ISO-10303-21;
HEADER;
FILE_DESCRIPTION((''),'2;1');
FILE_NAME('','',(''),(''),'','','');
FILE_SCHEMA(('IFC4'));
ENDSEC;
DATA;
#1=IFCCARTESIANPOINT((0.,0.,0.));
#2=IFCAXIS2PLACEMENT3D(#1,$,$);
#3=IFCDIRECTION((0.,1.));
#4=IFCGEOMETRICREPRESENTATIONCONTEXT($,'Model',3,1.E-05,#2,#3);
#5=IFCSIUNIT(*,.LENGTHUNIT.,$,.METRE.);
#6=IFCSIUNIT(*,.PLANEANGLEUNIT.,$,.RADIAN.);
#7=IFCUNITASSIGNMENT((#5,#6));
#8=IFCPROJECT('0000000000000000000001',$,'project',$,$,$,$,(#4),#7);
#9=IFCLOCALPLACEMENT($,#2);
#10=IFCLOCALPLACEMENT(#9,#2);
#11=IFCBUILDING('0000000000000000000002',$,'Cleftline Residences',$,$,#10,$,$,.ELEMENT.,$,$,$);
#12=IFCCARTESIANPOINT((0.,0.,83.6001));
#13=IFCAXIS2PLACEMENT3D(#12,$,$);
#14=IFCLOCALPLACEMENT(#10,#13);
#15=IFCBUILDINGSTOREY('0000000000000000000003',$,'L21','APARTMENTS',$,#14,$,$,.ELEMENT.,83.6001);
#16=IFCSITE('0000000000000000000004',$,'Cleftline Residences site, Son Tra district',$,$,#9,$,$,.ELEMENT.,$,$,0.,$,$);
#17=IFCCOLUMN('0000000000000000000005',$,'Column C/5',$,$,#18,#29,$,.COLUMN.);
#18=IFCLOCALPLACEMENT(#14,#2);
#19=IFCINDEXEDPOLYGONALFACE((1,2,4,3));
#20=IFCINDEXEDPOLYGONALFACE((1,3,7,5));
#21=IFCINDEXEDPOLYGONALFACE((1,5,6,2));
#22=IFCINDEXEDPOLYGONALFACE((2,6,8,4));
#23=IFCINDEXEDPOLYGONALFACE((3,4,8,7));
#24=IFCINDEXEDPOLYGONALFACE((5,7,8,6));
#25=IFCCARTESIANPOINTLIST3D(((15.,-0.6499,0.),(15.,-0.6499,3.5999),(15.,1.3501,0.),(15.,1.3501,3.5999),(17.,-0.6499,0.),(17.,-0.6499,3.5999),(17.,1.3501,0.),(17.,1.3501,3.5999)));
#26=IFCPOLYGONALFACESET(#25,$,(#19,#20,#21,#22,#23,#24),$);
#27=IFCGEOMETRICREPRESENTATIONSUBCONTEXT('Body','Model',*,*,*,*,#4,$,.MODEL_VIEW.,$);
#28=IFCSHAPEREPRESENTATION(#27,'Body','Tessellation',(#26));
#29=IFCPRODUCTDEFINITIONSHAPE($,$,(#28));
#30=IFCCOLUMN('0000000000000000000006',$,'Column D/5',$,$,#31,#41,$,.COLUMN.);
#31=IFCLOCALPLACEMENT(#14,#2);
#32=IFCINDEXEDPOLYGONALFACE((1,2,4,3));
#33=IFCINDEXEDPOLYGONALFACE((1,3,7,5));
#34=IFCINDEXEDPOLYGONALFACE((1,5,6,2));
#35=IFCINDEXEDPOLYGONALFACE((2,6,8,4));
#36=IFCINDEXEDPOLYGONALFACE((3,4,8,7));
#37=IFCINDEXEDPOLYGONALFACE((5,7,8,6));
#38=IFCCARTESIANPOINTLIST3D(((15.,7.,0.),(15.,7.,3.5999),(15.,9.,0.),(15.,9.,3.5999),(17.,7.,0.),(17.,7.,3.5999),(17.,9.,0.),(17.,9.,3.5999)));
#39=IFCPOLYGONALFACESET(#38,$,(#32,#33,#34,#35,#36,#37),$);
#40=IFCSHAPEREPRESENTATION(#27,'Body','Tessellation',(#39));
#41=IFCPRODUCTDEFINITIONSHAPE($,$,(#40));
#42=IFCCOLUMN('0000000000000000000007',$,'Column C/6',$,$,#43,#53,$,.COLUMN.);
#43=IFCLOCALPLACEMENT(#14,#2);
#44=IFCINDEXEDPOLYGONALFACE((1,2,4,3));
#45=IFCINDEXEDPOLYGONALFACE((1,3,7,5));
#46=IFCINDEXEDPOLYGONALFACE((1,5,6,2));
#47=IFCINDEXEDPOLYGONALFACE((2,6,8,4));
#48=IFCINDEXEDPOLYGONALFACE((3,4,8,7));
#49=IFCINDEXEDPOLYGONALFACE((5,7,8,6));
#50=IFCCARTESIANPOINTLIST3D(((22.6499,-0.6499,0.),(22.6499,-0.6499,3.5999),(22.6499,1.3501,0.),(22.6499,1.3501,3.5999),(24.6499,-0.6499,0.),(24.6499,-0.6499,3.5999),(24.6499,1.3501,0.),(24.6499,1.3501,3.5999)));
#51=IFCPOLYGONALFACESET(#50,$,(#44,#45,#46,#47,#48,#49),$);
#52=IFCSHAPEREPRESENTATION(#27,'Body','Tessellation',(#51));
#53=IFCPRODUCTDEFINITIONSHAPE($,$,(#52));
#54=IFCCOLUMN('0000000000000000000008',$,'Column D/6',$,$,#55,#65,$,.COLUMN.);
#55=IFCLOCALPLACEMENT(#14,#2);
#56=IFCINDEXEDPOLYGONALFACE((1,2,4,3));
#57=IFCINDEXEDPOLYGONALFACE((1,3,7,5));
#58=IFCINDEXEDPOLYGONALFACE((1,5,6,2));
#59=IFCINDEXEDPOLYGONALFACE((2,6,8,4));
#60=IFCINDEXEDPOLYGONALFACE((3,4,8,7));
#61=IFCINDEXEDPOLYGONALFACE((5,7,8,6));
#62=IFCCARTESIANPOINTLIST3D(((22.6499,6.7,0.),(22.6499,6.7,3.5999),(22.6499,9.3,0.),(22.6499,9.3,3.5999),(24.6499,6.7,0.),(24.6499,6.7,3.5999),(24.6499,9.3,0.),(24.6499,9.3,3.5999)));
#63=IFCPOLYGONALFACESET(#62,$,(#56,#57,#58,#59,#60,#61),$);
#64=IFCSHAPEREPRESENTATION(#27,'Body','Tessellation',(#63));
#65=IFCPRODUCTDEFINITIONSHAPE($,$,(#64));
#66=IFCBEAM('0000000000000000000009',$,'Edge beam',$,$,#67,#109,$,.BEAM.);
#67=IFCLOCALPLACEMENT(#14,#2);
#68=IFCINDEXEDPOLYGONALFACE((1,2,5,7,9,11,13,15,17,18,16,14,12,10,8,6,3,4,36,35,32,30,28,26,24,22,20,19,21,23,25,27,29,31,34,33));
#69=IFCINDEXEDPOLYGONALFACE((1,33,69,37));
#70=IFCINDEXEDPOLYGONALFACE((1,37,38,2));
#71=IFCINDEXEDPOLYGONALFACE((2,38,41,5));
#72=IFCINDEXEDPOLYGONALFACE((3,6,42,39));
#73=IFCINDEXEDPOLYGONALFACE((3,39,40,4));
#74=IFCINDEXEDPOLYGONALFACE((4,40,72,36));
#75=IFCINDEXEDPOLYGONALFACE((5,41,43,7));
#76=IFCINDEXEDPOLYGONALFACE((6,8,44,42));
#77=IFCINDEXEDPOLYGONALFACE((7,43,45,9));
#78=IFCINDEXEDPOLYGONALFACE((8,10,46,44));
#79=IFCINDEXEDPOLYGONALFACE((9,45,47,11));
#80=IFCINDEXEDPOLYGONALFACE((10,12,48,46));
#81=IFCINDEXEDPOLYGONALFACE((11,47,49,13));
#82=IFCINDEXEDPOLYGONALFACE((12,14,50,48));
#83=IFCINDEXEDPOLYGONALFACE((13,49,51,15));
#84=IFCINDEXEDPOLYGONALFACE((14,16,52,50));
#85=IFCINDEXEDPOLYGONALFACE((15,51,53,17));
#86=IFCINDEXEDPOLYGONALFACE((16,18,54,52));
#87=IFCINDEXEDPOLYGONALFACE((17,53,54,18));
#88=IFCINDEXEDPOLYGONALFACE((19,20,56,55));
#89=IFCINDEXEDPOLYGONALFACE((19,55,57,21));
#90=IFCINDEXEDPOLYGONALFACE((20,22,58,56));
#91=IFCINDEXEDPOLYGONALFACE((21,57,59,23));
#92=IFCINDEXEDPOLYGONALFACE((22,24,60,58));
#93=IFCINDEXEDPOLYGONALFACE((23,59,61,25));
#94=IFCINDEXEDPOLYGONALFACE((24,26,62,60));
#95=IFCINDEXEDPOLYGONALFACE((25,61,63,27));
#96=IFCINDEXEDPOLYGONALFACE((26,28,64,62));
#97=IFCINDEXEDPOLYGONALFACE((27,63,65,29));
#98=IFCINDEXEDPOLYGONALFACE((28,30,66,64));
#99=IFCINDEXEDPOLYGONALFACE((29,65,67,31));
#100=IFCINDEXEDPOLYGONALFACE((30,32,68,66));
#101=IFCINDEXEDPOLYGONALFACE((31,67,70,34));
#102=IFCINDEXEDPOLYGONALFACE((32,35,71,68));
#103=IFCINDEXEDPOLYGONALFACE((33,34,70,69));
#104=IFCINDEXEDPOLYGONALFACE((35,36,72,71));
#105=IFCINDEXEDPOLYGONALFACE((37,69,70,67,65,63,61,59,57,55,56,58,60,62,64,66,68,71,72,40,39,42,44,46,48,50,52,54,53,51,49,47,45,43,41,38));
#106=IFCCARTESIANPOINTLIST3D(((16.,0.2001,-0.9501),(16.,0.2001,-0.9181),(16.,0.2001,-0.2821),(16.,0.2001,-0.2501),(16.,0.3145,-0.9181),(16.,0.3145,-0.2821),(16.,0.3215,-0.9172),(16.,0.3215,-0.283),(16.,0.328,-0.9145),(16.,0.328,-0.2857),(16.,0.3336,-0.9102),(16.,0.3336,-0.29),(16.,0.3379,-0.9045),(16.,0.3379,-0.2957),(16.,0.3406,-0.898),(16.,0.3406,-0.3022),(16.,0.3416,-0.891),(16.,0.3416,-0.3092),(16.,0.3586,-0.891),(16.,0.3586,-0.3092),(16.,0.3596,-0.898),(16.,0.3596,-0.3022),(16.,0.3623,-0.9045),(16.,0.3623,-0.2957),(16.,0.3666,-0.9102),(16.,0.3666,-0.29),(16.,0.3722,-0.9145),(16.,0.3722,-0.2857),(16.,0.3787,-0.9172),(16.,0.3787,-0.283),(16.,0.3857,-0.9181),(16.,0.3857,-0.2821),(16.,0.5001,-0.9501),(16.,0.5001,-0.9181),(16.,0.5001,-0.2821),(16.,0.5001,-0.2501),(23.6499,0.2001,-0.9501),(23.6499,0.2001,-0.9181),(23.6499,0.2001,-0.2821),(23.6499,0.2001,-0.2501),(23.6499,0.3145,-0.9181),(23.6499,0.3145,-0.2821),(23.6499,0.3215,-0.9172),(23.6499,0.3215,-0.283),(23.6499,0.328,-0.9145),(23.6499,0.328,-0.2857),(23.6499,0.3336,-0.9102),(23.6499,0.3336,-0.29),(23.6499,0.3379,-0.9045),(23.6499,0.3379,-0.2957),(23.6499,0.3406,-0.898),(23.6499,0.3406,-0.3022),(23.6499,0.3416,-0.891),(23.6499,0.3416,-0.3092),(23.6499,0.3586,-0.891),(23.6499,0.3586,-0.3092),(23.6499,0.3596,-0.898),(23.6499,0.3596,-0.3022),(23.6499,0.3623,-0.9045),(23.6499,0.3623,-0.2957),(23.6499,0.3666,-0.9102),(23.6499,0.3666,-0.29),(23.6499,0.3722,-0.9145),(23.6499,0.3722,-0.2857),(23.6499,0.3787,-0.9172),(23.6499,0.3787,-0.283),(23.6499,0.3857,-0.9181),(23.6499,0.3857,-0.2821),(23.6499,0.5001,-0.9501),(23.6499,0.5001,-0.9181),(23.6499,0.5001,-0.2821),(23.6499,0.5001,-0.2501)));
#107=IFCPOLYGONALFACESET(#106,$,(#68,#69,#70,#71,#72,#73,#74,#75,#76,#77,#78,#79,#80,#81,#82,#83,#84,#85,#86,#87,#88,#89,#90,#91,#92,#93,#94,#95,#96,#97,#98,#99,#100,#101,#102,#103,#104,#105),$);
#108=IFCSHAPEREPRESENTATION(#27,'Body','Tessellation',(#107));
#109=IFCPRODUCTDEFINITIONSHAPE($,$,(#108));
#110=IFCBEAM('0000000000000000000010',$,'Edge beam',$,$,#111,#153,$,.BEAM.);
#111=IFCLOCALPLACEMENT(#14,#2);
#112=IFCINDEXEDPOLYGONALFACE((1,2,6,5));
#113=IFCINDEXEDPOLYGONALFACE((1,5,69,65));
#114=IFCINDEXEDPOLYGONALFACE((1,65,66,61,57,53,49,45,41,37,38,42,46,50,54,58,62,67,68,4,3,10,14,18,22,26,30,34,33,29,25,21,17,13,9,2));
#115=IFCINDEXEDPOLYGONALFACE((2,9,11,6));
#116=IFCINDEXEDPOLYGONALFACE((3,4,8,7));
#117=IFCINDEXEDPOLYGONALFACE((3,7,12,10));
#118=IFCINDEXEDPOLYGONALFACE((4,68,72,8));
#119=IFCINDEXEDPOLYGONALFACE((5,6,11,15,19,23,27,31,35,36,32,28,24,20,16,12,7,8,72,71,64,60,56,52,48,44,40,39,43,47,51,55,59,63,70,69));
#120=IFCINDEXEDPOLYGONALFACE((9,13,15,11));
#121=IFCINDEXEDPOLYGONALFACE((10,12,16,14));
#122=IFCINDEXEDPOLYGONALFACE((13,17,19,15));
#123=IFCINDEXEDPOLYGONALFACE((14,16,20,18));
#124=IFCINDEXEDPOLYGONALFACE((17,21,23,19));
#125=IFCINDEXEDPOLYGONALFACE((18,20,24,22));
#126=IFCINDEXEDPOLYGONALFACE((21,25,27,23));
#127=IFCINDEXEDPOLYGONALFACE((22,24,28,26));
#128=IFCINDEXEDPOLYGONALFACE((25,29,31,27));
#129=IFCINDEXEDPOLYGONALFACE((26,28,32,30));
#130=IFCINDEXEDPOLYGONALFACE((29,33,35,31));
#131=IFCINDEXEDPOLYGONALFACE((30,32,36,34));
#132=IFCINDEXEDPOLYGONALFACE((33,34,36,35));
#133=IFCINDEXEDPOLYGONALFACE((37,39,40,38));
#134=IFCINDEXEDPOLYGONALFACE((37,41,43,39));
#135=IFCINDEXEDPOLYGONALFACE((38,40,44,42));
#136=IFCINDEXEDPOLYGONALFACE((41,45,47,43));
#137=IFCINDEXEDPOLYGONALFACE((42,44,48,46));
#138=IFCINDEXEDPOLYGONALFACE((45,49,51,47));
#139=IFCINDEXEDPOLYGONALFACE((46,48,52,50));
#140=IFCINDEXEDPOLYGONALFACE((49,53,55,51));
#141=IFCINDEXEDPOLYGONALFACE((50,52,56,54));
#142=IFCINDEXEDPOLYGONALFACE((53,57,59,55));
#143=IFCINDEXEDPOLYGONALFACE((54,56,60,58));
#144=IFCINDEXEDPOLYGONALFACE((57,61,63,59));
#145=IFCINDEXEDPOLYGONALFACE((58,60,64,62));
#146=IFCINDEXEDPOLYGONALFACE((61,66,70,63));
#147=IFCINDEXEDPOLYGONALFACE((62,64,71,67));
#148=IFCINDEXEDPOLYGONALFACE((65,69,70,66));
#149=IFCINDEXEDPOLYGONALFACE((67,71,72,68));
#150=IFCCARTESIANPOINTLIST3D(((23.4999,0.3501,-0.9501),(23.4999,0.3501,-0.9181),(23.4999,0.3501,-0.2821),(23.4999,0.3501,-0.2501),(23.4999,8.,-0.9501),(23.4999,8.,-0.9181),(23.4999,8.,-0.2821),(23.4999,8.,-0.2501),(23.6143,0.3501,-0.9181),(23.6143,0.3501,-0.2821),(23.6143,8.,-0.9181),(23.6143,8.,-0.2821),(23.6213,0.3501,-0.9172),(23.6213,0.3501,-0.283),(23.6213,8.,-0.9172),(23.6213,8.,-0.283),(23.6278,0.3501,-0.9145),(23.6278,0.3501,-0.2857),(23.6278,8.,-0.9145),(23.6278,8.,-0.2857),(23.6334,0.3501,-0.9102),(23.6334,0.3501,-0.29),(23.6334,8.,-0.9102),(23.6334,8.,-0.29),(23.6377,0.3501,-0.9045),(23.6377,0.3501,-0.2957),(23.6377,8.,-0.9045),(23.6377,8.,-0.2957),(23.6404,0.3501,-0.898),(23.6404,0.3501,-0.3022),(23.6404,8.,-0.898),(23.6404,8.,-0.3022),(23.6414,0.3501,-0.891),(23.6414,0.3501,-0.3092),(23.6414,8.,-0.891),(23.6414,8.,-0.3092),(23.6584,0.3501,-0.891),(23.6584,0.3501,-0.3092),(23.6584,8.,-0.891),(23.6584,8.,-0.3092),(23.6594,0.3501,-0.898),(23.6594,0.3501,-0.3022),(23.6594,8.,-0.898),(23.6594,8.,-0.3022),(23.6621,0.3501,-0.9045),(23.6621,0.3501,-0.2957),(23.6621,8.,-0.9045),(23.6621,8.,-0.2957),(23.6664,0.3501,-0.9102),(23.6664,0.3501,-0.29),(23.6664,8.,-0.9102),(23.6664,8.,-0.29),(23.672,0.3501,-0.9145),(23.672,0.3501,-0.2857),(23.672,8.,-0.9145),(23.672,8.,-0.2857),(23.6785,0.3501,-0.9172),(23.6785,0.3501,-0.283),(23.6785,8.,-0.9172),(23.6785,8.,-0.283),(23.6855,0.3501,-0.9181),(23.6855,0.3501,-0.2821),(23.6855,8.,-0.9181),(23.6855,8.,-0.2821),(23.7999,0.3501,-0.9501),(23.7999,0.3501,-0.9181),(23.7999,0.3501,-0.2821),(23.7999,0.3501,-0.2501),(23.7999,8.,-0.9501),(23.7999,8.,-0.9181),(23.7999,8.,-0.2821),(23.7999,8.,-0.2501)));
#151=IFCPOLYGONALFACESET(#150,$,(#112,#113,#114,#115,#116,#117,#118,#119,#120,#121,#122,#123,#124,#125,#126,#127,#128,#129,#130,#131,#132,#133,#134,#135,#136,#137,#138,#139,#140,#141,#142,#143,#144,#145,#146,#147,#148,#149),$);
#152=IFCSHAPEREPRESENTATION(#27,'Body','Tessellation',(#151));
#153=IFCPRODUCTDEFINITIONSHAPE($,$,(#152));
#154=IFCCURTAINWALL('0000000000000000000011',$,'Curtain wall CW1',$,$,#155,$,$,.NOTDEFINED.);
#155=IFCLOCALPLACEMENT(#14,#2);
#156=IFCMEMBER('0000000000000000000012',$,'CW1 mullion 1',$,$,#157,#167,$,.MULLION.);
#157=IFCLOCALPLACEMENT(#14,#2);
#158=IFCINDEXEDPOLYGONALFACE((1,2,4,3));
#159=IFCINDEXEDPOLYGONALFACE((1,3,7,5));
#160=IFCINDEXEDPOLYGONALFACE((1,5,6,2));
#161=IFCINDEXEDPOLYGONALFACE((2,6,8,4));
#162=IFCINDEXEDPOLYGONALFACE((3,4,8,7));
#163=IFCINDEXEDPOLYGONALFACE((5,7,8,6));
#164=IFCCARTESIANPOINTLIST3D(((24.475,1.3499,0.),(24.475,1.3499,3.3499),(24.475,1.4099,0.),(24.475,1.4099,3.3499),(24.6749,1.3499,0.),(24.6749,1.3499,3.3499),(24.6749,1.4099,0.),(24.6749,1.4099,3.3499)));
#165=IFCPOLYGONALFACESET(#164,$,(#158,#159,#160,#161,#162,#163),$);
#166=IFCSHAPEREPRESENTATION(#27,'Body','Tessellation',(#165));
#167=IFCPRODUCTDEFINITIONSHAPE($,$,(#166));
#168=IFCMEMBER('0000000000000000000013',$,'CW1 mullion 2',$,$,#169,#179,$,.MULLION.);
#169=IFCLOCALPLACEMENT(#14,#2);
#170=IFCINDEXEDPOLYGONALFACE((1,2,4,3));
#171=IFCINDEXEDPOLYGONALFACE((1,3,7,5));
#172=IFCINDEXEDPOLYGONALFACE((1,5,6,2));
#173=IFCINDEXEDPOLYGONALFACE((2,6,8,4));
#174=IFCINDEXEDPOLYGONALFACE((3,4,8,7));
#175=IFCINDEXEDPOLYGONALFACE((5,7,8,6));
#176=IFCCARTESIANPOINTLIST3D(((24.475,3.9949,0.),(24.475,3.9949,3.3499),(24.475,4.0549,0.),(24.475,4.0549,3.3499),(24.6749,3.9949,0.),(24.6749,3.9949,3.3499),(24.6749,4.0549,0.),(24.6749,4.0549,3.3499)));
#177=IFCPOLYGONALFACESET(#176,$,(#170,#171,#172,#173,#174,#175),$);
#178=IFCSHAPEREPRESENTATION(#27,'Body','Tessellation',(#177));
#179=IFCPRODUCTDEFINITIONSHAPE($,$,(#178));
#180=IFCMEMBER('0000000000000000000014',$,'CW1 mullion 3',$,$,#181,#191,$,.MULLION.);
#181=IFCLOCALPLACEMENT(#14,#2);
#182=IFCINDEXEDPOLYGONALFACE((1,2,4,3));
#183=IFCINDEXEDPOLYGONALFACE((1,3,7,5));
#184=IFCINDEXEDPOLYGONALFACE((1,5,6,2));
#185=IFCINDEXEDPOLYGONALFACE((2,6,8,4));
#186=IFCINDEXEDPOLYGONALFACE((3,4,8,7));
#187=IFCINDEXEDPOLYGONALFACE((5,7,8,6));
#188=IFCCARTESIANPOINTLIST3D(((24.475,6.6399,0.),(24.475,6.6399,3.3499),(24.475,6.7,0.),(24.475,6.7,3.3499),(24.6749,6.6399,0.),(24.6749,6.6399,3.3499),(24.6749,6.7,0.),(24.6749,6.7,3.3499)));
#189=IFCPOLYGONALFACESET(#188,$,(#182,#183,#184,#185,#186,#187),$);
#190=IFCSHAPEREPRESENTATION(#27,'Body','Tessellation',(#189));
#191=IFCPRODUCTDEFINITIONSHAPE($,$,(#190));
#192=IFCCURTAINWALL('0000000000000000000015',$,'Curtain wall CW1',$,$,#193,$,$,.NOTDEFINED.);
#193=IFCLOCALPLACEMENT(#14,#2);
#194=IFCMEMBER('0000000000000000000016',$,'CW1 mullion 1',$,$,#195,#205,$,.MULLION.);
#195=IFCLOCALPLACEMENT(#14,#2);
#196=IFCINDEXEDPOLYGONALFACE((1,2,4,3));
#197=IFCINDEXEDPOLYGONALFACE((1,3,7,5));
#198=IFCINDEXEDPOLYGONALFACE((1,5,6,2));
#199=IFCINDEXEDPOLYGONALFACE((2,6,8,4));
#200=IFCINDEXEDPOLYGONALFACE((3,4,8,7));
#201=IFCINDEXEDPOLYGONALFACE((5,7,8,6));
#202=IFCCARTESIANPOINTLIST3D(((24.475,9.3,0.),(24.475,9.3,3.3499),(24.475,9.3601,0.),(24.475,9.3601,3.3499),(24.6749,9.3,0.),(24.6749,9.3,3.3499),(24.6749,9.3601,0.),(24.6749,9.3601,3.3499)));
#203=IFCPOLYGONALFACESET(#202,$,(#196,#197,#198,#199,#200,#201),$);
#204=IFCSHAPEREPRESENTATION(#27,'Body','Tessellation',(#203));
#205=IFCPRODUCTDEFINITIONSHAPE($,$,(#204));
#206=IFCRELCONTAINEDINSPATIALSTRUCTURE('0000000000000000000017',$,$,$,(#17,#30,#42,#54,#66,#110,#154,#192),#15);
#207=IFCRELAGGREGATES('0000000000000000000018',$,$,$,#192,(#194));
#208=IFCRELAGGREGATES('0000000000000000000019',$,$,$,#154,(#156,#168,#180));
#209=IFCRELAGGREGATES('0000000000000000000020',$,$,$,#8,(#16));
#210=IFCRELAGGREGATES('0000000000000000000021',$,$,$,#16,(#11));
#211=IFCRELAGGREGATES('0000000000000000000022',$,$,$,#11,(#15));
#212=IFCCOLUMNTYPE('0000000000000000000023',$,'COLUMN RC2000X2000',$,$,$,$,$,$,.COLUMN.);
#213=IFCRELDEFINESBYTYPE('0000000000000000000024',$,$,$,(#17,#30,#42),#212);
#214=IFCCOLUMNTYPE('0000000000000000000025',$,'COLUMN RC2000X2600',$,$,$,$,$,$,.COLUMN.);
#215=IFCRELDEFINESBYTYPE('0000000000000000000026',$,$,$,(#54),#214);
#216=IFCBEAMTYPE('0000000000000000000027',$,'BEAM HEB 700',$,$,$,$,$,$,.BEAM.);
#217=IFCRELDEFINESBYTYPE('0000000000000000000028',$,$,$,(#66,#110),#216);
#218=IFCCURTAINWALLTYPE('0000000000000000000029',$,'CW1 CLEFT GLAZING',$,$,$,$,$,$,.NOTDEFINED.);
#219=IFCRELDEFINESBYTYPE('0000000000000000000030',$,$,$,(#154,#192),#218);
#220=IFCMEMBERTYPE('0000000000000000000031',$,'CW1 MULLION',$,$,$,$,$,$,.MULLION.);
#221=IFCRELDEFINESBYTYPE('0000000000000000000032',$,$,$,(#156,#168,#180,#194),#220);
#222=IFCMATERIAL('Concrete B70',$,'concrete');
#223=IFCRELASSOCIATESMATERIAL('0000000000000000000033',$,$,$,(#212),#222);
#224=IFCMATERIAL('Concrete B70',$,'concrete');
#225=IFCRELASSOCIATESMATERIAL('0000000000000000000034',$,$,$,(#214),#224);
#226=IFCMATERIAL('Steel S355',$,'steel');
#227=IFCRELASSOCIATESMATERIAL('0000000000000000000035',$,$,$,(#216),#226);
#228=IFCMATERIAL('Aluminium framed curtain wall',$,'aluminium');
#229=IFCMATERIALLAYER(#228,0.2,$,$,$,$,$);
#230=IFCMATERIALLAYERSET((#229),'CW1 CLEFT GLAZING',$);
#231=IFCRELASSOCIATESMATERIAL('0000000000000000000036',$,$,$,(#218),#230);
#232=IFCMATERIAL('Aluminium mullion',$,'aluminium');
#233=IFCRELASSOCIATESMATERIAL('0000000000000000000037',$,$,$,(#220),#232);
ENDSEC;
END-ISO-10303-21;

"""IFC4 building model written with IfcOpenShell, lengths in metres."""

from ifc_helpers import new_model, si_unit, direction, frame, origin, origin_2d, place, context, subcontext, project, spatial, rectangle, i_section, extrude, material, layer, layer_set, material_profile, profile_set, type_object, element, aggregate, save


model = new_model("IFC4")

# Units and contexts
model_context = context("Model", 3, precision=1e-05, world=origin(), true_north=direction((0.0, 1.0)))
body_context = subcontext(model_context, "Body", "Model", "MODEL_VIEW")
ifc_project = project(units=[si_unit("LENGTHUNIT", "METRE"), si_unit("PLANEANGLEUNIT", "RADIAN")], contexts=[model_context])

# Site, building, storey
site_placement = place(None, origin())
site = spatial("IfcSite", under=ifc_project, at=site_placement, Name="Cleftline Residences site, Son Tra district", CompositionType="ELEMENT", RefElevation=0.0)
building_placement = place(site_placement, origin())
building = spatial("IfcBuilding", under=site, at=building_placement, Name="Cleftline Residences", CompositionType="ELEMENT")
storey_placement = place(building_placement, frame((0.0, 0.0, 83.6001)))
storey = spatial("IfcBuildingStorey", under=building, at=storey_placement, Name="L21", Description="APARTMENTS", CompositionType="ELEMENT", Elevation=83.6001)

# Columns
ifc_material_1 = material(Name="Concrete B70", Category="concrete")
ifc_material_profile_1 = material_profile(ifc_material_1, rectangle(XDim=2.0, YDim=2.0, at=origin_2d()))
ifc_profile_set_1 = profile_set([ifc_material_profile_1], Name="Concrete B70")
column_type_1 = type_object("IfcColumnType", Name="COLUMN RC2000X2000", PredefinedType="COLUMN", material=ifc_profile_set_1)
for number, where, z_axis, x_axis, name in (
    (1, (16.0, 0.3501, 0.0), (0.0, 0.0, 1.0), (1.0, 0.0, 0.0), "Column C/5"),
    (2, (16.0, 8.0, 0.0), (0.0, 0.0, 1.0), (1.0, 0.0, 0.0), "Column D/5"),
    (3, (23.6499, 0.3501, 0.0), (0.0, 0.0, 1.0), (1.0, 0.0, 0.0), "Column C/6"),
):
    element("IfcColumn", number, at=place(storey_placement, frame(where, z_axis=z_axis, x_axis=x_axis)), inside=storey, type_object=column_type_1, Name=name, PredefinedType="COLUMN", context=body_context, shape_type="SweptSolid", body=[
        extrude(rectangle(XDim=2.0, YDim=2.0, at=origin_2d()), origin(), (0.0, 0.0, 1.0), 3.5999),
    ])
ifc_material_2 = material(Name="Concrete B70", Category="concrete")
ifc_material_profile_2 = material_profile(ifc_material_2, rectangle(XDim=2.0, YDim=2.6001, at=origin_2d()))
ifc_profile_set_2 = profile_set([ifc_material_profile_2], Name="Concrete B70")
column_type_2 = type_object("IfcColumnType", Name="COLUMN RC2000X2600", PredefinedType="COLUMN", material=ifc_profile_set_2)
column_placement = place(storey_placement, frame((23.6499, 8.0, 0.0), z_axis=(0.0, 0.0, 1.0), x_axis=(1.0, 0.0, 0.0)))
element("IfcColumn", 4, at=column_placement, inside=storey, type_object=column_type_2, Name="Column D/6", PredefinedType="COLUMN", context=body_context, shape_type="SweptSolid", body=[
    extrude(rectangle(XDim=2.0, YDim=2.6001, at=origin_2d()), origin(), (0.0, 0.0, 1.0), 3.5999),
])

# Beams
ifc_material_3 = material(Name="Steel S355", Category="steel")
ifc_material_profile_3 = material_profile(ifc_material_3, i_section(OverallWidth=0.3, OverallDepth=0.7, WebThickness=0.0171, FlangeThickness=0.032, FilletRadius=0.0271, at=origin_2d()))
ifc_profile_set_3 = profile_set([ifc_material_profile_3], Name="Steel S355")
beam_type = type_object("IfcBeamType", Name="BEAM HEB 700", PredefinedType="BEAM", material=ifc_profile_set_3)
for number, where, z_axis, x_axis, name in (
    (5, (16.0, 0.3501, -0.6001), (1.0, 0.0, 0.0), (0.0, 1.0, 0.0), "Edge beam"),
    (6, (23.6499, 0.3501, -0.6001), (0.0, 1.0, 0.0), (-1.0, 0.0, 0.0), "Edge beam"),
):
    element("IfcBeam", number, at=place(storey_placement, frame(where, z_axis=z_axis, x_axis=x_axis)), inside=storey, type_object=beam_type, Name=name, PredefinedType="BEAM", context=body_context, shape_type="SweptSolid", body=[
        extrude(i_section(OverallWidth=0.3, OverallDepth=0.7, WebThickness=0.0171, FlangeThickness=0.032, FilletRadius=0.0271, at=origin_2d()), origin(), (0.0, 0.0, 1.0), 7.6499),
    ])

# Curtain wall, members
ifc_material_4 = material(Name="Aluminium framed curtain wall", Category="aluminium")
ifc_layer_1 = layer(ifc_material_4, 0.2)
ifc_layer_set_1 = layer_set([ifc_layer_1], Name="CW1 CLEFT GLAZING")
curtain_wall_type = type_object("IfcCurtainWallType", Name="CW1 CLEFT GLAZING", PredefinedType="NOTDEFINED", material=ifc_layer_set_1)
curtain_wall_1_placement = place(storey_placement, origin())
curtain_wall_1 = element("IfcCurtainWall", 7, at=curtain_wall_1_placement, inside=storey, type_object=curtain_wall_type, Name="Curtain wall CW1", PredefinedType="NOTDEFINED")
ifc_material_5 = material(Name="Aluminium mullion", Category="aluminium")
ifc_material_profile_4 = material_profile(ifc_material_5, rectangle(XDim=0.2, YDim=0.0601, at=origin_2d()))
ifc_profile_set_4 = profile_set([ifc_material_profile_4], Name="Aluminium mullion")
member_type_1 = type_object("IfcMemberType", Name="CW1 MULLION", PredefinedType="MULLION", material=ifc_profile_set_4)
member_1_placement = place(storey_placement, frame((24.575, 1.3799, 0.0), z_axis=(0.0, 0.0, 1.0), x_axis=(-1.0, 0.0, 0.0)))
member_1 = element("IfcMember", 8, at=member_1_placement, type_object=member_type_1, Name="CW1 mullion 1", PredefinedType="MULLION", context=body_context, shape_type="SweptSolid", body=[
    extrude(rectangle(XDim=0.2, YDim=0.0601, at=origin_2d()), origin(), (0.0, 0.0, 1.0), 3.3499),
])
member_2_placement = place(storey_placement, frame((24.575, 4.0249, 0.0), z_axis=(0.0, 0.0, 1.0), x_axis=(-1.0, 0.0, 0.0)))
member_2 = element("IfcMember", 9, at=member_2_placement, type_object=member_type_1, Name="CW1 mullion 2", PredefinedType="MULLION", context=body_context, shape_type="SweptSolid", body=[
    extrude(rectangle(XDim=0.2, YDim=0.0601, at=origin_2d()), origin(), (0.0, 0.0, 1.0), 3.3499),
])
member_3_placement = place(storey_placement, frame((24.575, 6.6699, 0.0), z_axis=(0.0, 0.0, 1.0), x_axis=(-1.0, 0.0, 0.0)))
member_3 = element("IfcMember", 10, at=member_3_placement, type_object=member_type_1, Name="CW1 mullion 3", PredefinedType="MULLION", context=body_context, shape_type="SweptSolid", body=[
    extrude(rectangle(XDim=0.2, YDim=0.0601, at=origin_2d()), origin(), (0.0, 0.0, 1.0), 3.3499),
])

# Curtain wall, member
curtain_wall_2_placement = place(storey_placement, origin())
curtain_wall_2 = element("IfcCurtainWall", 11, at=curtain_wall_2_placement, inside=storey, type_object=curtain_wall_type, Name="Curtain wall CW1", PredefinedType="NOTDEFINED")
member_4_placement = place(storey_placement, frame((24.575, 9.3301, 0.0), z_axis=(0.0, 0.0, 1.0), x_axis=(-1.0, 0.0, 0.0)))
member_4 = element("IfcMember", 12, at=member_4_placement, type_object=member_type_1, Name="CW1 mullion 1", PredefinedType="MULLION", context=body_context, shape_type="SweptSolid", body=[
    extrude(rectangle(XDim=0.2, YDim=0.0601, at=origin_2d()), origin(), (0.0, 0.0, 1.0), 3.3499),
])

aggregate(curtain_wall_2, [member_4])

aggregate(curtain_wall_1, [member_1, member_2, member_3])

save(model, "model.ifc")
